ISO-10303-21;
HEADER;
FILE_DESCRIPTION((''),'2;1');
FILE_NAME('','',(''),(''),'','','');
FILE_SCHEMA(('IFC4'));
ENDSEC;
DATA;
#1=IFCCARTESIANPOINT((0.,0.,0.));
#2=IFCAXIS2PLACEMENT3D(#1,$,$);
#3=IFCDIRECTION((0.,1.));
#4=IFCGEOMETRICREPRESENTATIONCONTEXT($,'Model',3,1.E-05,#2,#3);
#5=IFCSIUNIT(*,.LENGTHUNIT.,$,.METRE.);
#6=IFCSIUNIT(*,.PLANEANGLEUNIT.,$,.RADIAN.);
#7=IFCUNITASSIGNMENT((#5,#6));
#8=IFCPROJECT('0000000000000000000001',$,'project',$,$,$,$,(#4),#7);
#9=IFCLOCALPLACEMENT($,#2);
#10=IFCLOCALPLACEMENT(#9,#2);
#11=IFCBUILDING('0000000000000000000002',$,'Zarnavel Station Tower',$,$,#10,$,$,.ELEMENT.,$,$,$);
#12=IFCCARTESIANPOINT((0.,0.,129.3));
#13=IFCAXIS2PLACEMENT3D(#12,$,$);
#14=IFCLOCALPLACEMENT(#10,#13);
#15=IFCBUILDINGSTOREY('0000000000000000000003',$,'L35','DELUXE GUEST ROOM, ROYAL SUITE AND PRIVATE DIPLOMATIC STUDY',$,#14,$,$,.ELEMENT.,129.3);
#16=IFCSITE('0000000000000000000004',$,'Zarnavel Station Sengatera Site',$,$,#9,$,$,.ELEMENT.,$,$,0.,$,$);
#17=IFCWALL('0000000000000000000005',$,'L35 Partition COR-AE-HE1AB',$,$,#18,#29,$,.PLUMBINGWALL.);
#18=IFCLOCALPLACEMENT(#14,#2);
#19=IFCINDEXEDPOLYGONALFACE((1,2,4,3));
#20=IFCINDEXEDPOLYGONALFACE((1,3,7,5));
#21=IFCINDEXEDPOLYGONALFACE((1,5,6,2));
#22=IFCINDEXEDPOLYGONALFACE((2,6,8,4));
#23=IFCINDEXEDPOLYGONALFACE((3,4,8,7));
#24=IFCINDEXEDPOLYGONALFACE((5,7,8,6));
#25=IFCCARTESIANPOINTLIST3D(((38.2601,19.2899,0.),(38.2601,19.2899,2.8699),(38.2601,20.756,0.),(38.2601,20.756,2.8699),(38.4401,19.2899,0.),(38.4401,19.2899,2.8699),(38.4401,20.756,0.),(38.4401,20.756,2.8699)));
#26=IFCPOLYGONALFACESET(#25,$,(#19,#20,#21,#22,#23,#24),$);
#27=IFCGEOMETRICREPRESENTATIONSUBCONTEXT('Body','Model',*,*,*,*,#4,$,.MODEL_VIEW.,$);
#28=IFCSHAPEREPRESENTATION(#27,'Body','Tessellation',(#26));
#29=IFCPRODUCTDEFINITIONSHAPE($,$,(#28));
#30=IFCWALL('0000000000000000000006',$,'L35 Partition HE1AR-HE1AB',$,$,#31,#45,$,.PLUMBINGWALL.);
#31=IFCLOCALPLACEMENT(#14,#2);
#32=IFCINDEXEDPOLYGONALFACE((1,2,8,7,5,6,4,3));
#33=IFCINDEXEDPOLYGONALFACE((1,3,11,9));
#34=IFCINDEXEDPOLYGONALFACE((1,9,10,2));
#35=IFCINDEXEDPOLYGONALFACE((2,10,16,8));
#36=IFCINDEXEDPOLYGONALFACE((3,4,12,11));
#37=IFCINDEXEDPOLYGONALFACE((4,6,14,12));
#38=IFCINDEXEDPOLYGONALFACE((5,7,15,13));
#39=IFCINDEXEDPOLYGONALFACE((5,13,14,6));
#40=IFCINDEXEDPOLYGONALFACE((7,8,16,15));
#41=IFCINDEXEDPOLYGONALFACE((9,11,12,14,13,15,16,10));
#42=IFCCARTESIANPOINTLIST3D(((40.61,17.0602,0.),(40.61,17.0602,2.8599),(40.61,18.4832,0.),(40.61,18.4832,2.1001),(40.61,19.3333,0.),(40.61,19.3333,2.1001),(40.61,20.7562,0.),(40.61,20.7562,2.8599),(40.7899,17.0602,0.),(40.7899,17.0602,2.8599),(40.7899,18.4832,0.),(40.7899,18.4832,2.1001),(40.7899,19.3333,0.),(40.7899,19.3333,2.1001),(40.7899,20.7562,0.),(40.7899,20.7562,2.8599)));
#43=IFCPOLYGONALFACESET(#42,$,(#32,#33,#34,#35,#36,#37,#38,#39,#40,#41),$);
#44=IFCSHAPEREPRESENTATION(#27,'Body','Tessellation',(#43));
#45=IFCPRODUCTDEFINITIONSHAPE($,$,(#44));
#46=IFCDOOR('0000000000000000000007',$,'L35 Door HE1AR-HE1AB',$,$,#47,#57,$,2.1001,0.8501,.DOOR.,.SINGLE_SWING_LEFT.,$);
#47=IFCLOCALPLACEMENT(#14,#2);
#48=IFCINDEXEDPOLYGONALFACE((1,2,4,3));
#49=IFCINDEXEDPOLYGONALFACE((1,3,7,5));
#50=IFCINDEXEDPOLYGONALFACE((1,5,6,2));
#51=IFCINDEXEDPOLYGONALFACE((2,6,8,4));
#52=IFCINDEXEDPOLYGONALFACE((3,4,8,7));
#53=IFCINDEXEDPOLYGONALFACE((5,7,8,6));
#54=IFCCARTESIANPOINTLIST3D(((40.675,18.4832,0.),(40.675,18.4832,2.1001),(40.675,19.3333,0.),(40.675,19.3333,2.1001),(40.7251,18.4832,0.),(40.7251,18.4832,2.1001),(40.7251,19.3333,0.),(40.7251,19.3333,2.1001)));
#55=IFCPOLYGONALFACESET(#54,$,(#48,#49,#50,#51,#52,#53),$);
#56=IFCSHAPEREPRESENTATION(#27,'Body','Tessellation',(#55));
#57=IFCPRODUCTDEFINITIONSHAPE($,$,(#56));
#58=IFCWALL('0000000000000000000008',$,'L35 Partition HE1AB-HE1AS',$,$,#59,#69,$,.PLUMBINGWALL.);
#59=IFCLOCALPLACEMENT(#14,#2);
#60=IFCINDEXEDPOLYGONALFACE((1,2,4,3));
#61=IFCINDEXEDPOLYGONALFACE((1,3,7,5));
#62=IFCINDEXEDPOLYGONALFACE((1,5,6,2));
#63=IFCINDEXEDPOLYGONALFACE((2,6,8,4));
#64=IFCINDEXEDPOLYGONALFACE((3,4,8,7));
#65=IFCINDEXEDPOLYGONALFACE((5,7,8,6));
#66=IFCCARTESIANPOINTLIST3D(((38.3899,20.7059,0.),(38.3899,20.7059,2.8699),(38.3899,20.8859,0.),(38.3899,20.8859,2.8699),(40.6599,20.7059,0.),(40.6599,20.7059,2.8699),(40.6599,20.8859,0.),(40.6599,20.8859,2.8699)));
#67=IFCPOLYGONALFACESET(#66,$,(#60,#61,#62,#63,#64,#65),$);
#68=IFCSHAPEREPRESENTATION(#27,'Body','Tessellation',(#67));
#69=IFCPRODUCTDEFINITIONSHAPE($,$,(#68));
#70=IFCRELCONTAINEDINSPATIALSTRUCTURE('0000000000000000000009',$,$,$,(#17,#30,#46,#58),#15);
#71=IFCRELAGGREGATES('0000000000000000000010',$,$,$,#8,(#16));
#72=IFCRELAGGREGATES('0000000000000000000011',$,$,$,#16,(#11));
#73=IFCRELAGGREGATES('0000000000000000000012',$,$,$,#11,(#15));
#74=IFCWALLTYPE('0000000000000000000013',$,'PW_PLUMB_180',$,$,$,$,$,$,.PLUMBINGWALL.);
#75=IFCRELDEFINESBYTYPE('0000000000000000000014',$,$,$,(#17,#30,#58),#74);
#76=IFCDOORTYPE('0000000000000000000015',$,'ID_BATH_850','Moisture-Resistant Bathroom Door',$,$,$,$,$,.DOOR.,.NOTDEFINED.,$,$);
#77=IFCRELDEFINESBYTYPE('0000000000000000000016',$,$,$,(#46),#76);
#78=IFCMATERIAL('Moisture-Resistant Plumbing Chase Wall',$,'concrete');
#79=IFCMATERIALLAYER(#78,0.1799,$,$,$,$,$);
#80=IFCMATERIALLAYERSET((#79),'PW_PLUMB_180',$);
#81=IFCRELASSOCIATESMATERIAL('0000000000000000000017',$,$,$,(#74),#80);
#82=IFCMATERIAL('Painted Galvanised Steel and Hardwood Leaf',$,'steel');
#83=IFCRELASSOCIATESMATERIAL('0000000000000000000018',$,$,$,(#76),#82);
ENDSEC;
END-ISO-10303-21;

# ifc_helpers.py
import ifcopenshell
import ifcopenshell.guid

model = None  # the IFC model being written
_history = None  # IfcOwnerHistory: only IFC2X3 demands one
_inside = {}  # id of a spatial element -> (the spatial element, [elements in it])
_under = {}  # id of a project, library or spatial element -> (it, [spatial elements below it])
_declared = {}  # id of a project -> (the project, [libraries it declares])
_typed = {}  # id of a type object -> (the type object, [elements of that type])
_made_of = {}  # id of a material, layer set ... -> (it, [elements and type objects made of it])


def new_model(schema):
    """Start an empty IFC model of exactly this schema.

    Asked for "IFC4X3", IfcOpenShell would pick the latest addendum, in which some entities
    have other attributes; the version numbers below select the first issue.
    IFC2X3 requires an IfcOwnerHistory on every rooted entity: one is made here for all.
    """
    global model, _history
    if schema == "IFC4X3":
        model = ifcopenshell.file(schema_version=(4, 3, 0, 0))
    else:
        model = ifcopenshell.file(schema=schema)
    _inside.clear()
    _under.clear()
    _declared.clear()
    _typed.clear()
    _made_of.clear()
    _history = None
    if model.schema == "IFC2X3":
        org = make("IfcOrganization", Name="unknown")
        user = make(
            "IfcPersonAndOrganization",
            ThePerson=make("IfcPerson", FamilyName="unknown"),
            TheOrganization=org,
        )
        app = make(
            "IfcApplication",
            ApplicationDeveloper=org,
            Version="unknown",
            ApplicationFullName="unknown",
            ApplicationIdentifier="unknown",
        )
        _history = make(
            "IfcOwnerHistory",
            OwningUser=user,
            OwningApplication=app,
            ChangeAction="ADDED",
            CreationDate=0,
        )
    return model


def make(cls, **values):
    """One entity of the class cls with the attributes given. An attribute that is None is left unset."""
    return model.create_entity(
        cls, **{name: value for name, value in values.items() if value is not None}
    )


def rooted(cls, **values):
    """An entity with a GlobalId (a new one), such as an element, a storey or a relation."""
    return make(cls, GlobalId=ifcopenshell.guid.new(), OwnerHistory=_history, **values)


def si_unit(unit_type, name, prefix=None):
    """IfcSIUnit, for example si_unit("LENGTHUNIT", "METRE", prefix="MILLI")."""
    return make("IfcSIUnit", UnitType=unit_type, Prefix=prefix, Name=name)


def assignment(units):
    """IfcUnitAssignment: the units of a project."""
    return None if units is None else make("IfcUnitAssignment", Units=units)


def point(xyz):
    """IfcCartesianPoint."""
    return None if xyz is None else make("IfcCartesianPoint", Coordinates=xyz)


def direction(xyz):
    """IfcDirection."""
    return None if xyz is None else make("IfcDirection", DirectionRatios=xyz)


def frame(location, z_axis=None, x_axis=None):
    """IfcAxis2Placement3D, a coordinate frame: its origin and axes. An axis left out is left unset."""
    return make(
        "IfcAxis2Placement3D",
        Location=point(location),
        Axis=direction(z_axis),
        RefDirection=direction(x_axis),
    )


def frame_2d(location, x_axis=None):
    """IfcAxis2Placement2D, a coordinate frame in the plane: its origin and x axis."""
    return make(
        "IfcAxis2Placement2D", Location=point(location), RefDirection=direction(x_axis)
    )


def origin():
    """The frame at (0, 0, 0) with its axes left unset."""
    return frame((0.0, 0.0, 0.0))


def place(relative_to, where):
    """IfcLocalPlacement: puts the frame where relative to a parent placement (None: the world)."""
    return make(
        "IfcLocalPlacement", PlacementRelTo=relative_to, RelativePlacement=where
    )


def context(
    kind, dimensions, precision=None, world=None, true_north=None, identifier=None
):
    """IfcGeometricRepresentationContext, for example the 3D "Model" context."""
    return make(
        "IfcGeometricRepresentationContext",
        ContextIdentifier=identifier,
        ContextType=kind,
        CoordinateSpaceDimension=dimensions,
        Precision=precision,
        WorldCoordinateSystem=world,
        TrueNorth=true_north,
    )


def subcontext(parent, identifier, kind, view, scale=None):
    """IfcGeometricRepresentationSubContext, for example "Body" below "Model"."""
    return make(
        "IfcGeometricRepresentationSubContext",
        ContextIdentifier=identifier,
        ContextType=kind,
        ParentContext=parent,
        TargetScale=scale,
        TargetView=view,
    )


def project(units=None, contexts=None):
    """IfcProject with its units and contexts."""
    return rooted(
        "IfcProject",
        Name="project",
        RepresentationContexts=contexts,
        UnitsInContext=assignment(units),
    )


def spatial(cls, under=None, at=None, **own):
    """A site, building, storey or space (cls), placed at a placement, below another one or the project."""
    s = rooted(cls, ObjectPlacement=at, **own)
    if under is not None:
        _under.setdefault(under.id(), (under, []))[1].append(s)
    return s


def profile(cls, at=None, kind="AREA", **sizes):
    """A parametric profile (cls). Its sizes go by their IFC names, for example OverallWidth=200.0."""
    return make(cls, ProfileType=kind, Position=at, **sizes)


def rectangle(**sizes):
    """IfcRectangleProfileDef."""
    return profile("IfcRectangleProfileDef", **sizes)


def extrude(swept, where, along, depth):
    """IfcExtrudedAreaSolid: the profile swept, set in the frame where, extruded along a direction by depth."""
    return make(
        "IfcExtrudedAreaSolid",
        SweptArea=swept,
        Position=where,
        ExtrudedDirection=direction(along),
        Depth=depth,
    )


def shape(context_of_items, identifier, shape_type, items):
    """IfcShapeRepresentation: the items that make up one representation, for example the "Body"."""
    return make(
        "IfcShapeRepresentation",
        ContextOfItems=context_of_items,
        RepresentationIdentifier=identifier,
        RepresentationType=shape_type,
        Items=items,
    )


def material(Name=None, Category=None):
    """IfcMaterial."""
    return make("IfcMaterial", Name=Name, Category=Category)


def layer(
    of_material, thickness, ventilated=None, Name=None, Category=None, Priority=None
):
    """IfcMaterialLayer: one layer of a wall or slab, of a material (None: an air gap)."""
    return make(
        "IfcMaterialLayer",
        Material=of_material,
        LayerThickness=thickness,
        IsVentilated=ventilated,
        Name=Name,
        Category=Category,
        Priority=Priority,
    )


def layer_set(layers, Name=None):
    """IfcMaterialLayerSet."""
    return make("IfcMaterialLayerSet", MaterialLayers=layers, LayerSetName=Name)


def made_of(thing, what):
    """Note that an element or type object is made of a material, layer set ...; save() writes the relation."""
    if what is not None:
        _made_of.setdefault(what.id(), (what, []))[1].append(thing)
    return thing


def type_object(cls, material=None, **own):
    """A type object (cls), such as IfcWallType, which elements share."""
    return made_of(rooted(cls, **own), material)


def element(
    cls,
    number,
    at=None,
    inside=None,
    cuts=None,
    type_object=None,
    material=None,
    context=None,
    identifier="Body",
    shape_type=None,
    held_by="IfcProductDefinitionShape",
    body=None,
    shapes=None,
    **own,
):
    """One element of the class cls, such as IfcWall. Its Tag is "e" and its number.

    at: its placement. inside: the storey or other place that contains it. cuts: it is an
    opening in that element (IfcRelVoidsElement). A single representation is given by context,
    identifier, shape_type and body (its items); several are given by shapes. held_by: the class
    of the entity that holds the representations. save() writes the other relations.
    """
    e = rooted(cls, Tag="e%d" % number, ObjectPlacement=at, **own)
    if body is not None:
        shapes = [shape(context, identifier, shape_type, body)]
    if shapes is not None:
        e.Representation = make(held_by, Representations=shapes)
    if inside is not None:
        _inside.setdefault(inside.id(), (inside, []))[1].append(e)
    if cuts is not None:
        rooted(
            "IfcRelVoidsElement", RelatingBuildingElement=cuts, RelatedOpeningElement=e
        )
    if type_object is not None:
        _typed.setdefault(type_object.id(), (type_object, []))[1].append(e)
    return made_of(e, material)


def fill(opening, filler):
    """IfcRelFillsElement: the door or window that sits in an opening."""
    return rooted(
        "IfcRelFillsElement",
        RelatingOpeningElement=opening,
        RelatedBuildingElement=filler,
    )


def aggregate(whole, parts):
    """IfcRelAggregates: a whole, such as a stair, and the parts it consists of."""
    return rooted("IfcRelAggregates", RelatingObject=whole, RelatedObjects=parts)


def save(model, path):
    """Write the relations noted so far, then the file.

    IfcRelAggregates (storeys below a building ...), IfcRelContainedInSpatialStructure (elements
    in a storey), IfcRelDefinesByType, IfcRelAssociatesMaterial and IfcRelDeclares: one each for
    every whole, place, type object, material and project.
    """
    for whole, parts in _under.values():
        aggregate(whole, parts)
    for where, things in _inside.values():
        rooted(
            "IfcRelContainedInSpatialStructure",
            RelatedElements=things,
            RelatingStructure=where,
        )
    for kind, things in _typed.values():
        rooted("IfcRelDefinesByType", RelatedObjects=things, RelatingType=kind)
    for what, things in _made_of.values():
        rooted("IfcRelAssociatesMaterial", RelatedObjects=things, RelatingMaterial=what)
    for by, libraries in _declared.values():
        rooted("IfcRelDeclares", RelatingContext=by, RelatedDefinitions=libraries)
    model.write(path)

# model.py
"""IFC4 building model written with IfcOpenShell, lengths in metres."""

from ifc_helpers import new_model, si_unit, direction, frame, frame_2d, origin, place, context, subcontext, project, spatial, rectangle, extrude, material, layer, layer_set, type_object, element, fill, save


model = new_model("IFC4")

# Units and contexts
model_context = context("Model", 3, precision=1e-05, world=origin(), true_north=direction((0.0, 1.0)))
body_context = subcontext(model_context, "Body", "Model", "MODEL_VIEW")
ifc_project = project(units=[si_unit("LENGTHUNIT", "METRE"), si_unit("PLANEANGLEUNIT", "RADIAN")], contexts=[model_context])

# Site, building, storey
site_placement = place(None, origin())
site = spatial("IfcSite", under=ifc_project, at=site_placement, Name="Zarnavel Station Sengatera Site", CompositionType="ELEMENT", RefElevation=0.0)
building_placement = place(site_placement, origin())
building = spatial("IfcBuilding", under=site, at=building_placement, Name="Zarnavel Station Tower", CompositionType="ELEMENT")
storey_placement = place(building_placement, frame((0.0, 0.0, 129.3)))
storey = spatial("IfcBuildingStorey", under=building, at=storey_placement, Name="L35", Description="DELUXE GUEST ROOM, ROYAL SUITE AND PRIVATE DIPLOMATIC STUDY", CompositionType="ELEMENT", Elevation=129.3)

# Wall
ifc_material_1 = material(Name="Moisture-Resistant Plumbing Chase Wall", Category="concrete")
ifc_layer_1 = layer(ifc_material_1, 0.1799)
ifc_layer_set_1 = layer_set([ifc_layer_1], Name="PW_PLUMB_180")
wall_type_1 = type_object("IfcWallType", Name="PW_PLUMB_180", PredefinedType="PLUMBINGWALL", material=ifc_layer_set_1)
wall_1_placement = place(storey_placement, frame((38.3501, 19.29, 0.0), z_axis=(0.0, 0.0, 1.0), x_axis=(0.0, 1.0, 0.0)))
element("IfcWall", 1, at=wall_1_placement, inside=storey, type_object=wall_type_1, Name="L35 Partition COR-AE-HE1AB", PredefinedType="PLUMBINGWALL", context=body_context, shape_type="SweptSolid", body=[
    extrude(rectangle(XDim=1.4661, YDim=0.1799, at=frame_2d((0.7329, 0.0))), origin(), (0.0, 0.0, 1.0), 2.8699),
])

# Wall, opening, door
wall_2_placement = place(storey_placement, frame((40.7, 17.0601, 0.0), z_axis=(0.0, 0.0, 1.0), x_axis=(0.0, 1.0, 0.0)))
wall_2 = element("IfcWall", 2, at=wall_2_placement, inside=storey, type_object=wall_type_1, Name="L35 Partition HE1AR-HE1AB", PredefinedType="PLUMBINGWALL", context=body_context, shape_type="SweptSolid", body=[
    extrude(rectangle(XDim=3.696, YDim=0.1799, at=frame_2d((1.8481, 0.0))), origin(), (0.0, 0.0, 1.0), 2.8599),
])
opening_1_placement = place(wall_2_placement, frame((1.4231, 0.0, 0.0)))
opening_1 = element("IfcOpeningElement", 3, at=opening_1_placement, cuts=wall_2, PredefinedType="OPENING", context=body_context, shape_type="SweptSolid", body=[
    extrude(rectangle(XDim=0.8501, YDim=2.1001, at=frame_2d((0.425, 1.05))), frame((0.0, 0.0999, 0.0), z_axis=(0.0, -1.0, 0.0), x_axis=(1.0, 0.0, 0.0)), (0.0, 0.0, 1.0), 0.2),
])
ifc_material_2 = material(Name="Painted Galvanised Steel and Hardwood Leaf", Category="steel")
door_type_1 = type_object("IfcDoorType", Name="ID_BATH_850", Description="Moisture-Resistant Bathroom Door", OperationType="NOTDEFINED", PredefinedType="DOOR", material=ifc_material_2)
door_1_placement = place(opening_1_placement, origin())
door_1 = element("IfcDoor", 4, at=door_1_placement, inside=storey, type_object=door_type_1, Name="L35 Door HE1AR-HE1AB", OperationType="SINGLE_SWING_LEFT", OverallHeight=2.1001, OverallWidth=0.8501, PredefinedType="DOOR", context=body_context, shape_type="SweptSolid", body=[
    extrude(rectangle(XDim=0.8501, YDim=2.1001, at=frame_2d((0.425, 1.05))), frame((0.0, 0.0249, 0.0), z_axis=(0.0, -1.0, 0.0), x_axis=(1.0, 0.0, 0.0)), (0.0, 0.0, 1.0), 0.05),
])
fill(opening_1, door_1)

# Wall
wall_3_placement = place(storey_placement, frame((38.3899, 20.7959, 0.0), z_axis=(0.0, 0.0, 1.0), x_axis=(1.0, 0.0, 0.0)))
element("IfcWall", 5, at=wall_3_placement, inside=storey, type_object=wall_type_1, Name="L35 Partition HE1AB-HE1AS", PredefinedType="PLUMBINGWALL", context=body_context, shape_type="SweptSolid", body=[
    extrude(rectangle(XDim=2.27, YDim=0.1799, at=frame_2d((1.135, 0.0))), origin(), (0.0, 0.0, 1.0), 2.8699),
])

save(model, "model.ifc")
